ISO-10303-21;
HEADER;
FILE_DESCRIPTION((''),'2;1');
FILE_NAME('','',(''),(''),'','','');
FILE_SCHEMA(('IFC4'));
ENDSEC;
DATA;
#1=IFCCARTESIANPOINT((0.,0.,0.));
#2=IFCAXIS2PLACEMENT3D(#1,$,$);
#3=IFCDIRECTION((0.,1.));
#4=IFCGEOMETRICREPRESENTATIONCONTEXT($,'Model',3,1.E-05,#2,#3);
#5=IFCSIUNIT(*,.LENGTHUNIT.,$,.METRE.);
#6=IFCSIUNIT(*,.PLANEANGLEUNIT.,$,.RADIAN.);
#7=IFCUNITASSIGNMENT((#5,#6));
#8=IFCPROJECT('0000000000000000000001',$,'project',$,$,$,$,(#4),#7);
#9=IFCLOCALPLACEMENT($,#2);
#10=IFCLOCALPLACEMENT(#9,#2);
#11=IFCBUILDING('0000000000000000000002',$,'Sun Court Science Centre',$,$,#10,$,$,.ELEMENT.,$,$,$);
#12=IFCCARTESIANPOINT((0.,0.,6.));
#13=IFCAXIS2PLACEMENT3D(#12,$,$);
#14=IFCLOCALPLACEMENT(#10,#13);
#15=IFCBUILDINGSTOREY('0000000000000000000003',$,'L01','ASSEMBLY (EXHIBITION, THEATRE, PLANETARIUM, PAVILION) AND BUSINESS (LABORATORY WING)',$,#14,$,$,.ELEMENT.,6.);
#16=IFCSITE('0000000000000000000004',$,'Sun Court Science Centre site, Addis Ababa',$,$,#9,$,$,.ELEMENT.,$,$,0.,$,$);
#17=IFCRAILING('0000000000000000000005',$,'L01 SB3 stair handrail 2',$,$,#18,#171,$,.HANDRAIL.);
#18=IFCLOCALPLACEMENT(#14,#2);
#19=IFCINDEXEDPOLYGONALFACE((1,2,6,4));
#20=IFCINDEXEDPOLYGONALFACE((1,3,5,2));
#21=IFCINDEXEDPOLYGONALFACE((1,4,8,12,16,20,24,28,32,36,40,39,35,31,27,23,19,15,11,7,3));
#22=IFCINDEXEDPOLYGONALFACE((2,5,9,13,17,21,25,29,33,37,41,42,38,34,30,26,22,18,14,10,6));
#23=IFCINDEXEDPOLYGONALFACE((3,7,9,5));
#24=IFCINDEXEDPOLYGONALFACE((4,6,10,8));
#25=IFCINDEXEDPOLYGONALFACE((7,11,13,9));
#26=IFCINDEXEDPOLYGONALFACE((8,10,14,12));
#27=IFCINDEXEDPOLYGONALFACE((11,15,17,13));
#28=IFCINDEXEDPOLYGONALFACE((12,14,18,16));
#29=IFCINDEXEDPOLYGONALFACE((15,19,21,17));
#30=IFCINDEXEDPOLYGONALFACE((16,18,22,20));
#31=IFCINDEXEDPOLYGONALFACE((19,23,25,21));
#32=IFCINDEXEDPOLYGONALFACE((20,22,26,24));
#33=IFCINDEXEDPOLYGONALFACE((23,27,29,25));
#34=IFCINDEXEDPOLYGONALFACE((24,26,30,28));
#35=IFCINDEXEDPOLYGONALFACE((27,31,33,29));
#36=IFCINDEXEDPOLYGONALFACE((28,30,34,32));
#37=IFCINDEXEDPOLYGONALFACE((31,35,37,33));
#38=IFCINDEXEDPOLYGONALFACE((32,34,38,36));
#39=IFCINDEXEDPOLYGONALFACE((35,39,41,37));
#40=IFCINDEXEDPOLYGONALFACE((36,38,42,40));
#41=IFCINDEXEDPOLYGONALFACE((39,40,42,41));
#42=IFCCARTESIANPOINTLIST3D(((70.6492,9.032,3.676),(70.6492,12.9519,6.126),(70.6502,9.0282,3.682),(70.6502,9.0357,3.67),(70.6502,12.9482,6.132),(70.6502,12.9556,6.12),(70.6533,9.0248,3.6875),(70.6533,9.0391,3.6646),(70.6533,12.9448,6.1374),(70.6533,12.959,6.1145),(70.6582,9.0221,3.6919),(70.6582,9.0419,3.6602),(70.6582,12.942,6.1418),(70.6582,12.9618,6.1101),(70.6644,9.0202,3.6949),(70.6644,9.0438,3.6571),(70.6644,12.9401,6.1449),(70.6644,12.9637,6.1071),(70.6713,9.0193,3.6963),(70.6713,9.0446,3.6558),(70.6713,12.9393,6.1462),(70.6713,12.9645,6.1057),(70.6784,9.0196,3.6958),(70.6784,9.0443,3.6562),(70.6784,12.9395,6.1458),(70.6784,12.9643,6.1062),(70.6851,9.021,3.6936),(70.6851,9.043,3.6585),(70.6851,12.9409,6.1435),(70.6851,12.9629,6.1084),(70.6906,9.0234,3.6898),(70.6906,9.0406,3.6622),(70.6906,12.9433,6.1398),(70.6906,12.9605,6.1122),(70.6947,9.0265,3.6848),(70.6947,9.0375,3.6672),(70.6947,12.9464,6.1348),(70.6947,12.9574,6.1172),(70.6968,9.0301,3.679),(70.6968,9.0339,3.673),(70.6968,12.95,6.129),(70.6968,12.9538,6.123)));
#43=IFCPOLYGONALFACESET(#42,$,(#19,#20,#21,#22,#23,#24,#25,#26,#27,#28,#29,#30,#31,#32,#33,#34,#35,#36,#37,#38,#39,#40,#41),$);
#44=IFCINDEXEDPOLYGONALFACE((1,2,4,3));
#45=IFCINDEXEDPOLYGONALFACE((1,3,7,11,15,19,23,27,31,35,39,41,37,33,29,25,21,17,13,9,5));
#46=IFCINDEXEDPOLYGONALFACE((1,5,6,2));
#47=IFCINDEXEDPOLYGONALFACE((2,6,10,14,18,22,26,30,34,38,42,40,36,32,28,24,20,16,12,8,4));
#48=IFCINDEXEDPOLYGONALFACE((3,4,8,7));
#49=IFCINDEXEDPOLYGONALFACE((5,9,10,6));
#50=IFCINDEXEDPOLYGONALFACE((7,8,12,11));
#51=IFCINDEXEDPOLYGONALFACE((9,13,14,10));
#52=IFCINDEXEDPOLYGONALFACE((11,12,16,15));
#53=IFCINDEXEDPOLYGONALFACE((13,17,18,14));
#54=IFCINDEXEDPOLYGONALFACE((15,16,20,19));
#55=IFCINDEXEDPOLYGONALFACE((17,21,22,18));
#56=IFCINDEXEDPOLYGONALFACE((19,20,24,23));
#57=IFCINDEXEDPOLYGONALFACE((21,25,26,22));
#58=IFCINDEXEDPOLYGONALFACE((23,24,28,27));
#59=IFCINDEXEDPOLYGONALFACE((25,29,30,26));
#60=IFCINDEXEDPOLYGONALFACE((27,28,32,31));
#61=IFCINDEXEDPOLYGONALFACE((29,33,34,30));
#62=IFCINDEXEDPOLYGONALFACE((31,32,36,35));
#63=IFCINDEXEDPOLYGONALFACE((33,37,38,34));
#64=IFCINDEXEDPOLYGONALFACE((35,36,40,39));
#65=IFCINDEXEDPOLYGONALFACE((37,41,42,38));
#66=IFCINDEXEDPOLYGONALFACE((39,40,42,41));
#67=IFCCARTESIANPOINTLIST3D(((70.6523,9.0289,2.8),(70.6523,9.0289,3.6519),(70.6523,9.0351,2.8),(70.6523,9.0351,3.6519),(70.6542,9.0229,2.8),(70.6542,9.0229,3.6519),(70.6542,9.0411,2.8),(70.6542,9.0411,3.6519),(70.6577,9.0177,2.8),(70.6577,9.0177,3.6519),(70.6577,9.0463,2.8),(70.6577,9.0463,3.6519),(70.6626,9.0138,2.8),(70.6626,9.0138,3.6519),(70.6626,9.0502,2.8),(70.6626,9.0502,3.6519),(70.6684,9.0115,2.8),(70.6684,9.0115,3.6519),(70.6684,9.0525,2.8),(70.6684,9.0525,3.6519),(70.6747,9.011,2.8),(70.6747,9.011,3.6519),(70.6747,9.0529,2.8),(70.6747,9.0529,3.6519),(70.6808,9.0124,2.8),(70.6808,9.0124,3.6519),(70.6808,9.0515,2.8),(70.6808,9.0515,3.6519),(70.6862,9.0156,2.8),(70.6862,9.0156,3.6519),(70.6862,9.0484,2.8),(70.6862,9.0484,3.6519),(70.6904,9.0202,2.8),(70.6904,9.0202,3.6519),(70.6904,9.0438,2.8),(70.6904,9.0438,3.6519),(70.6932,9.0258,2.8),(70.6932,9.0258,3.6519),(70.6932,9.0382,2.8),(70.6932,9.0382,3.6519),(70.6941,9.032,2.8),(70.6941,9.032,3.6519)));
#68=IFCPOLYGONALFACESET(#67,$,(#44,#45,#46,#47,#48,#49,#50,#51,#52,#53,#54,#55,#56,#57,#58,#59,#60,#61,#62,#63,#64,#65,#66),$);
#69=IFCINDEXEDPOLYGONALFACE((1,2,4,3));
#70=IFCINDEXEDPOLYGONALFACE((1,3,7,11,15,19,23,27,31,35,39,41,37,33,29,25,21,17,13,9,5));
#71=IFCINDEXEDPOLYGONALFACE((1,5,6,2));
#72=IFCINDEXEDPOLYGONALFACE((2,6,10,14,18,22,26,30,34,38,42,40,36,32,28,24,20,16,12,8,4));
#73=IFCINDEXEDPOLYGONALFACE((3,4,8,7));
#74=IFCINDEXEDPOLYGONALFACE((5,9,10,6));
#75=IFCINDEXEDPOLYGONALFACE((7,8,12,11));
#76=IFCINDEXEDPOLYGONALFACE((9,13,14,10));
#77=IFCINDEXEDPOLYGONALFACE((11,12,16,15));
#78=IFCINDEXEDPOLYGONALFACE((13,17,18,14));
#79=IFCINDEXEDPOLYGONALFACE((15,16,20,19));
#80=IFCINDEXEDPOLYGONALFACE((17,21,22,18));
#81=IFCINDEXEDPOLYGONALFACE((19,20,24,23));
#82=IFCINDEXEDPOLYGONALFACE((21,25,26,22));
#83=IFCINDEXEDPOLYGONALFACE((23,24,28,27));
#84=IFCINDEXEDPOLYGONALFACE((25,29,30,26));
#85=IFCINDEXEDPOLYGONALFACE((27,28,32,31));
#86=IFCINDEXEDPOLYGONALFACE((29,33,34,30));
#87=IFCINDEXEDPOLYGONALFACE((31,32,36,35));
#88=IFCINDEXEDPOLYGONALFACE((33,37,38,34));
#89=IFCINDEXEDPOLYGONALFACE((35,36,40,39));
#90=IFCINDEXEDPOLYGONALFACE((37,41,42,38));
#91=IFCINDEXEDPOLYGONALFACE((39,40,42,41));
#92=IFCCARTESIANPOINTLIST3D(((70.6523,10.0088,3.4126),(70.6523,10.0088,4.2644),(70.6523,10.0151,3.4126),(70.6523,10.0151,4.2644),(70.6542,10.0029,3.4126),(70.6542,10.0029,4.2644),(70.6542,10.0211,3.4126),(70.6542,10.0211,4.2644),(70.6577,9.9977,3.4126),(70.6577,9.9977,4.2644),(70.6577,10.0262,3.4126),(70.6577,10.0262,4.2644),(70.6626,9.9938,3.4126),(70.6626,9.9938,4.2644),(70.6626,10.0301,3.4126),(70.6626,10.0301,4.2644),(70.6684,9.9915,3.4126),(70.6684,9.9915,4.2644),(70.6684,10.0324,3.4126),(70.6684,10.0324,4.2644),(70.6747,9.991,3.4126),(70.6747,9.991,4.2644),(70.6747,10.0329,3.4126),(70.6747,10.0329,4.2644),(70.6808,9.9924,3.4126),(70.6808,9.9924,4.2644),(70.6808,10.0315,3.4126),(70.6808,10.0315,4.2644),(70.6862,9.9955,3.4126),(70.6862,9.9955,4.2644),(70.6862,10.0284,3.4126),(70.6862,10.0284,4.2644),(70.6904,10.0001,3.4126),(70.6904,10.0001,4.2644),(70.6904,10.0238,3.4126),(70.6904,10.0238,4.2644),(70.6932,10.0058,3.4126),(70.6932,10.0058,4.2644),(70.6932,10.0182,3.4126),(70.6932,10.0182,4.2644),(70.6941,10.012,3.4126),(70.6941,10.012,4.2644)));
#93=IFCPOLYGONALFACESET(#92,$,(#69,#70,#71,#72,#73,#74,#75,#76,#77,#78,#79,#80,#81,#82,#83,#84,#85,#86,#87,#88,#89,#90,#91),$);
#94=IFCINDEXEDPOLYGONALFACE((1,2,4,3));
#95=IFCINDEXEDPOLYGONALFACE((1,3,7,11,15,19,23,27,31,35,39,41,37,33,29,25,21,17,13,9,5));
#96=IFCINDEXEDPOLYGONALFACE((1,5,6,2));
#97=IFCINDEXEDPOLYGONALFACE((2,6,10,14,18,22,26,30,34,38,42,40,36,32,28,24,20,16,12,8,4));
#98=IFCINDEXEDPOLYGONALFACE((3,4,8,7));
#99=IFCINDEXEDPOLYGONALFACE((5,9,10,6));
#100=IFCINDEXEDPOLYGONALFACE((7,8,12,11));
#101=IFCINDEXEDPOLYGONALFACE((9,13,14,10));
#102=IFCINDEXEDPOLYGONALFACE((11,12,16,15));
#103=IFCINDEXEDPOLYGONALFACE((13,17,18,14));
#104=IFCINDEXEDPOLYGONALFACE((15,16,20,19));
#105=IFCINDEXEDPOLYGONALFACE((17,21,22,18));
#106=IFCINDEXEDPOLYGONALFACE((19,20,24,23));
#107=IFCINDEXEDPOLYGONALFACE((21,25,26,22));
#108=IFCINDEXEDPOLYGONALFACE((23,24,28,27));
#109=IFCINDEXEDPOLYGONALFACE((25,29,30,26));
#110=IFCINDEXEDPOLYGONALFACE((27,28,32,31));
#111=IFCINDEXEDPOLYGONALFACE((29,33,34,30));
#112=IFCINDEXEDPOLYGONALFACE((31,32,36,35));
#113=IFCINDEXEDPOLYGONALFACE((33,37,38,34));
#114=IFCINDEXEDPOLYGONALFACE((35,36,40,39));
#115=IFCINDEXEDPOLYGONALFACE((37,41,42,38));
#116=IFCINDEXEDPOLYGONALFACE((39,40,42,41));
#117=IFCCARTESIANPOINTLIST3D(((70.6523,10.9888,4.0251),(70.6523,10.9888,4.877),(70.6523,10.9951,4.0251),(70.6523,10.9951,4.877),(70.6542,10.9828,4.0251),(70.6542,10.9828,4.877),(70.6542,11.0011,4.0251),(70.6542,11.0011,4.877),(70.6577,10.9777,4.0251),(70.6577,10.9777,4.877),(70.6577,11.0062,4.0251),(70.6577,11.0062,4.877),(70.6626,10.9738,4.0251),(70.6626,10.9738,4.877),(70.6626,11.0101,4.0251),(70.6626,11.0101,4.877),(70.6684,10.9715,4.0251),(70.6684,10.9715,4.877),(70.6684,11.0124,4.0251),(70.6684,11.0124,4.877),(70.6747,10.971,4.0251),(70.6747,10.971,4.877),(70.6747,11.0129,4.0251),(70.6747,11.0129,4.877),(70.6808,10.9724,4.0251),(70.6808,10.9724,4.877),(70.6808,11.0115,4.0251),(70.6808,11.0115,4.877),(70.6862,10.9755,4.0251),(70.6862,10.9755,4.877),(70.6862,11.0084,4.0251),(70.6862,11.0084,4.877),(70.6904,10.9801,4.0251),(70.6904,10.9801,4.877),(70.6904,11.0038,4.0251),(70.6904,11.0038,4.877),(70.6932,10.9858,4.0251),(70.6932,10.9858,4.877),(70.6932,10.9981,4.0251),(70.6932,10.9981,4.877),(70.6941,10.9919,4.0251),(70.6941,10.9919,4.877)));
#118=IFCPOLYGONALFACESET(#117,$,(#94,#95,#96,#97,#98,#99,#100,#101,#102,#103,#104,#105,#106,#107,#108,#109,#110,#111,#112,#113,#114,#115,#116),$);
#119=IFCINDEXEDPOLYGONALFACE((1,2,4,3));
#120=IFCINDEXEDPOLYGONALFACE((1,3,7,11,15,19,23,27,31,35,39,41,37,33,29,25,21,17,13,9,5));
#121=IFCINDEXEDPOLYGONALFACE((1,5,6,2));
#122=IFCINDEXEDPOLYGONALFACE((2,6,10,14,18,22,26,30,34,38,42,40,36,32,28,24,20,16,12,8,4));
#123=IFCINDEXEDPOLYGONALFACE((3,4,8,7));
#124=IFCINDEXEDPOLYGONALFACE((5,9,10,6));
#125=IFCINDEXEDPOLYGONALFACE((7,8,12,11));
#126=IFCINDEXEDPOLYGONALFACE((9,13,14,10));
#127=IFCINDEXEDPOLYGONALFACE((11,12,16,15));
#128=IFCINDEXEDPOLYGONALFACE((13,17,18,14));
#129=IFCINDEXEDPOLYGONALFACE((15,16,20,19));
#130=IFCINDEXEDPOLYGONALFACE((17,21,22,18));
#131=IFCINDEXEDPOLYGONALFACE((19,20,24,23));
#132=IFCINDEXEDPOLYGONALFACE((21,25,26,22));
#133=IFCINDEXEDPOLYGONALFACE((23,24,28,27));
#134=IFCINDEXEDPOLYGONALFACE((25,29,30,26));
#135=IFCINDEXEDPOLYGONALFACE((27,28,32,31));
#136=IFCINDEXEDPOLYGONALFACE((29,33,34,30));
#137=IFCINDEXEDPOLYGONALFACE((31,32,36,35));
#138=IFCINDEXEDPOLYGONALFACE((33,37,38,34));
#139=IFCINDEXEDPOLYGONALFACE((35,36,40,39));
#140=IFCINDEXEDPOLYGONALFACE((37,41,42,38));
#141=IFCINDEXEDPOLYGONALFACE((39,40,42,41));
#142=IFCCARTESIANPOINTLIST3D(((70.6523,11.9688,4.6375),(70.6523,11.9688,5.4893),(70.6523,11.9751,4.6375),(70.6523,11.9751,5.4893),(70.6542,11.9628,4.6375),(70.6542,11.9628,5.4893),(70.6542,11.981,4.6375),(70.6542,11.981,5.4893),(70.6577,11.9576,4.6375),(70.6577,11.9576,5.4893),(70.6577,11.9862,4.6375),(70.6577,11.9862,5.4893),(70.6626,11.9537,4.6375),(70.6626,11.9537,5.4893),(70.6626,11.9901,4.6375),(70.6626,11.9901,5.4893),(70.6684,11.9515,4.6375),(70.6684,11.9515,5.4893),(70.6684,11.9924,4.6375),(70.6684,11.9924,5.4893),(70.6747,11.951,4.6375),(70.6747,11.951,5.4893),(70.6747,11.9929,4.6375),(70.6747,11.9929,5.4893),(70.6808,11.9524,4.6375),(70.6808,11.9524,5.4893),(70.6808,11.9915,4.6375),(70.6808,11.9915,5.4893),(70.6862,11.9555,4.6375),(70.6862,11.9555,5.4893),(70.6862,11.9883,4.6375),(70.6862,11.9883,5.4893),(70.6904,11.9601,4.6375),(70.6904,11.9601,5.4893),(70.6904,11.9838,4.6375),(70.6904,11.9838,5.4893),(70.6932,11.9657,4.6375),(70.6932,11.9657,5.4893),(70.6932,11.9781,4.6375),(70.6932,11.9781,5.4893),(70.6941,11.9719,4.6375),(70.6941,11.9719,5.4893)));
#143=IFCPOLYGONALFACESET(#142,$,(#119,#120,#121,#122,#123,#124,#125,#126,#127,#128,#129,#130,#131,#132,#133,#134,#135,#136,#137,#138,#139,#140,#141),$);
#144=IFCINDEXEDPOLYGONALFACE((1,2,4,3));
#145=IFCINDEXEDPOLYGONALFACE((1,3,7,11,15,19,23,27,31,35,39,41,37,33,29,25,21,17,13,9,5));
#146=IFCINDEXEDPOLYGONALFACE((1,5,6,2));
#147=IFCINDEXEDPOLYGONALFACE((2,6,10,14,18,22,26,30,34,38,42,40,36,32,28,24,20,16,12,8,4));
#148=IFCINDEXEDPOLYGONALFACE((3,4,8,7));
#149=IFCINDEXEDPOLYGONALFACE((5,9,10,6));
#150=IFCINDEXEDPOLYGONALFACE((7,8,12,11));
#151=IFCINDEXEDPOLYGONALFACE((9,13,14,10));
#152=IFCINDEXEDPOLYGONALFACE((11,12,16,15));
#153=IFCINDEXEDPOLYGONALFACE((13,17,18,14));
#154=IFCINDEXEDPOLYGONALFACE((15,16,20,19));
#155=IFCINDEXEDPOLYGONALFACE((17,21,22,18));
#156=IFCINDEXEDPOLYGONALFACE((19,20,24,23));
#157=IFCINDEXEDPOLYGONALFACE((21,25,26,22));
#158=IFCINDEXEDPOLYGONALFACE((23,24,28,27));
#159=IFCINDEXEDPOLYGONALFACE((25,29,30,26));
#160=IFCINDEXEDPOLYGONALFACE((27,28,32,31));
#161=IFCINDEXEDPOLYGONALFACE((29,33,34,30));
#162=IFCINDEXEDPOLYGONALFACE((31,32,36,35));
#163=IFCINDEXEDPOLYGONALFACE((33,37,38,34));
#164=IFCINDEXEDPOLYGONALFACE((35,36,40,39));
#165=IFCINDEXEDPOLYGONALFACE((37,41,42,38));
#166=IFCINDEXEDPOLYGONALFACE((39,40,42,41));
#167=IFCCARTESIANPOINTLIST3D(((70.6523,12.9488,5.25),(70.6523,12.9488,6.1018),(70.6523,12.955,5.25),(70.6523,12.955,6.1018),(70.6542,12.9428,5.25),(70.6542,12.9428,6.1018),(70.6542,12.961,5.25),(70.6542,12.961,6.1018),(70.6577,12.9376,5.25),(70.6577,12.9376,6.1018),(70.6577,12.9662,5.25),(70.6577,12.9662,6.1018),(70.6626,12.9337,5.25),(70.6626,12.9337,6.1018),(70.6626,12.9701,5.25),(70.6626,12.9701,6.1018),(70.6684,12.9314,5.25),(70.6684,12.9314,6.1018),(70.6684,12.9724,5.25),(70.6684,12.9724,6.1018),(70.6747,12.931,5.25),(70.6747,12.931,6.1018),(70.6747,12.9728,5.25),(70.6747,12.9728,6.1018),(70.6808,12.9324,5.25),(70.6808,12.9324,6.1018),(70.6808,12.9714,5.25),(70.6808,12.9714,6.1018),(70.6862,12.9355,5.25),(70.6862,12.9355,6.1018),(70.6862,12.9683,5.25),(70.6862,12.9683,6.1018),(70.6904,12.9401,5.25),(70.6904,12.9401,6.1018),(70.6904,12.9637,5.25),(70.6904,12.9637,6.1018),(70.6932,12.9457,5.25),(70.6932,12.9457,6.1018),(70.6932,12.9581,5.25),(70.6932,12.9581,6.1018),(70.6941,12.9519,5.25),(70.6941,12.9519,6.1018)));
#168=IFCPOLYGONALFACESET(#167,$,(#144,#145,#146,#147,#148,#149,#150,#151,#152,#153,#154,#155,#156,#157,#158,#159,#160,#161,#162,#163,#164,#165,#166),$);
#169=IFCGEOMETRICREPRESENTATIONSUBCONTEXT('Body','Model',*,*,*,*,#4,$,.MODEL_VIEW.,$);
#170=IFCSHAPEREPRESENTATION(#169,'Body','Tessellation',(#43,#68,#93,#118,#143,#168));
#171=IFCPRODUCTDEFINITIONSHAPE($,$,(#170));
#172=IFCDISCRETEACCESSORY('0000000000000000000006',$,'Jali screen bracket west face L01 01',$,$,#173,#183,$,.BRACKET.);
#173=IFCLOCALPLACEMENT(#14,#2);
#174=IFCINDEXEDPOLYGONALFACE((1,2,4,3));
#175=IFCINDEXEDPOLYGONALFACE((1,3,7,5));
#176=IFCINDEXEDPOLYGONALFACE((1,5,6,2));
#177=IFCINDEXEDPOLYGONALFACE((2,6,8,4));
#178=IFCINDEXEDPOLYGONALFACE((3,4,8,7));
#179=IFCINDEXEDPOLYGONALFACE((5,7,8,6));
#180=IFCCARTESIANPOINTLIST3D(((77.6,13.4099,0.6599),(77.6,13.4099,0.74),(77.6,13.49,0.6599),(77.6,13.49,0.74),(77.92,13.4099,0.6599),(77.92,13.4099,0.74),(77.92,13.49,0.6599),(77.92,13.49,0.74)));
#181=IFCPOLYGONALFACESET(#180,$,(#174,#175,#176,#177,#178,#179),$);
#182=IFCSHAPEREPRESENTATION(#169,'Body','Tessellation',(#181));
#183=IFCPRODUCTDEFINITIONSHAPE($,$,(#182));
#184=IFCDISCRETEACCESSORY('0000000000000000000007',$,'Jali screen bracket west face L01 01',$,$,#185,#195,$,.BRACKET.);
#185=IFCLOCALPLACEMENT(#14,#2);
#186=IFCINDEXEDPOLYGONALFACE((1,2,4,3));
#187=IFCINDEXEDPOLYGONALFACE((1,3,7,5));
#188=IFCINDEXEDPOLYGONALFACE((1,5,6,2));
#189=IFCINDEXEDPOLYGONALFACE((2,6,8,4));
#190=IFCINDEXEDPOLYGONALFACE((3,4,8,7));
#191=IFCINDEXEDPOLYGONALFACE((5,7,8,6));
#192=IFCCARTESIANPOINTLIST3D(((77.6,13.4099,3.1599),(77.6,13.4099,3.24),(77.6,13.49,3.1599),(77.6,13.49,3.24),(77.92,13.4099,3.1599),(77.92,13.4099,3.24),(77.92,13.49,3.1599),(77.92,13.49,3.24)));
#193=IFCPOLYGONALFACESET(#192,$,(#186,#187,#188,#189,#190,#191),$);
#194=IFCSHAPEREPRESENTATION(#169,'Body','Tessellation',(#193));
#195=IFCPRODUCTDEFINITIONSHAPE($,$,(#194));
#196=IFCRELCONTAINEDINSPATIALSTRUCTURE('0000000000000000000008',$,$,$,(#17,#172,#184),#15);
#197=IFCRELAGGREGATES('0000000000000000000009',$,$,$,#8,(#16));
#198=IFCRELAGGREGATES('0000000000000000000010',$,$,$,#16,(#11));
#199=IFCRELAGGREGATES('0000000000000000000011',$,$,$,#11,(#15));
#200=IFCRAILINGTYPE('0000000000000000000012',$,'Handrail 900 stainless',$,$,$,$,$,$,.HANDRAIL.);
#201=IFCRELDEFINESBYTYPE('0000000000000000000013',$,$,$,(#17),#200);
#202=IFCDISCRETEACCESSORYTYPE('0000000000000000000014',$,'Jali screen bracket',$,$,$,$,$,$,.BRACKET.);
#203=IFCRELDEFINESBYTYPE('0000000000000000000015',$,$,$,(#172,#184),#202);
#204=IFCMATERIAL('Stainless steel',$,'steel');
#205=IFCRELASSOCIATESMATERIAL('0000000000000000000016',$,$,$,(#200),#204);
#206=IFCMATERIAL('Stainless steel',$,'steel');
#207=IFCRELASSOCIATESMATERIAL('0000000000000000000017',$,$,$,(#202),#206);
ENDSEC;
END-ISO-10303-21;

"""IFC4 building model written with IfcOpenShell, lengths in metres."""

from ifc_helpers import new_model, si_unit, direction, frame, origin, origin_2d, place, context, subcontext, project, spatial, rectangle, circle, extrude, material, type_object, element, save


model = new_model("IFC4")

# Units and contexts
model_context = context("Model", 3, precision=1e-05, world=origin(), true_north=direction((0.0, 1.0)))
body_context = subcontext(model_context, "Body", "Model", "MODEL_VIEW")
ifc_project = project(units=[si_unit("LENGTHUNIT", "METRE"), si_unit("PLANEANGLEUNIT", "RADIAN")], contexts=[model_context])

# Site, building, storey
site_placement = place(None, origin())
site = spatial("IfcSite", under=ifc_project, at=site_placement, Name="Sun Court Science Centre site, Addis Ababa", CompositionType="ELEMENT", RefElevation=0.0)
building_placement = place(site_placement, origin())
building = spatial("IfcBuilding", under=site, at=building_placement, Name="Sun Court Science Centre", CompositionType="ELEMENT")
storey_placement = place(building_placement, frame((0.0, 0.0, 6.0)))
storey = spatial("IfcBuildingStorey", under=building, at=storey_placement, Name="L01", Description="ASSEMBLY (EXHIBITION, THEATRE, PLANETARIUM, PAVILION) AND BUSINESS (LABORATORY WING)", CompositionType="ELEMENT", Elevation=6.0)

# Railing
ifc_material_1 = material(Name="Stainless steel", Category="steel")
railing_type_1 = type_object("IfcRailingType", Name="Handrail 900 stainless", PredefinedType="HANDRAIL", material=ifc_material_1)
railing_1_placement = place(storey_placement, frame((70.6731, 9.032, 2.8)))
element("IfcRailing", 1, at=railing_1_placement, inside=storey, type_object=railing_type_1, Name="L01 SB3 stair handrail 2", PredefinedType="HANDRAIL", context=body_context, shape_type="SweptSolid", body=[
    extrude(circle(Radius=0.0239, at=origin_2d()), frame((0.0, 0.0, 0.876), z_axis=(0.0, 0.847998, 0.529999), x_axis=(-1.0, 0.0, 0.0)), (0.0, 0.0, 1.0), 4.6226),
    extrude(circle(Radius=0.021, at=origin_2d()), origin(), (0.0, 0.0, 1.0), 0.8518),
    extrude(circle(Radius=0.021, at=origin_2d()), frame((0.0, 0.98, 0.6125)), (0.0, 0.0, 1.0), 0.8518),
    extrude(circle(Radius=0.021, at=origin_2d()), frame((0.0, 1.96, 1.2251)), (0.0, 0.0, 1.0), 0.8518),
    extrude(circle(Radius=0.021, at=origin_2d()), frame((0.0, 2.9399, 1.8374)), (0.0, 0.0, 1.0), 0.8518),
    extrude(circle(Radius=0.021, at=origin_2d()), frame((0.0, 3.9199, 2.45)), (0.0, 0.0, 1.0), 0.8518),
])

# Discrete accessories
ifc_material_2 = material(Name="Stainless steel", Category="steel")
discrete_accessory_type = type_object("IfcDiscreteAccessoryType", Name="Jali screen bracket", PredefinedType="BRACKET", material=ifc_material_2)
for number, where, z_axis, x_axis, name in (
    (2, (77.76, 13.45, 0.6599), (0.0, 0.0, 1.0), (0.0, 1.0, 0.0), "Jali screen bracket west face L01 01"),
    (3, (77.76, 13.45, 3.1599), (0.0, 0.0, 1.0), (0.0, 1.0, 0.0), "Jali screen bracket west face L01 01"),
):
    element("IfcDiscreteAccessory", number, at=place(storey_placement, frame(where, z_axis=z_axis, x_axis=x_axis)), inside=storey, type_object=discrete_accessory_type, Name=name, PredefinedType="BRACKET", context=body_context, shape_type="SweptSolid", body=[
        extrude(rectangle(XDim=0.0801, YDim=0.3201, at=origin_2d()), origin(), (0.0, 0.0, 1.0), 0.0801),
    ])

save(model, "model.ifc")
